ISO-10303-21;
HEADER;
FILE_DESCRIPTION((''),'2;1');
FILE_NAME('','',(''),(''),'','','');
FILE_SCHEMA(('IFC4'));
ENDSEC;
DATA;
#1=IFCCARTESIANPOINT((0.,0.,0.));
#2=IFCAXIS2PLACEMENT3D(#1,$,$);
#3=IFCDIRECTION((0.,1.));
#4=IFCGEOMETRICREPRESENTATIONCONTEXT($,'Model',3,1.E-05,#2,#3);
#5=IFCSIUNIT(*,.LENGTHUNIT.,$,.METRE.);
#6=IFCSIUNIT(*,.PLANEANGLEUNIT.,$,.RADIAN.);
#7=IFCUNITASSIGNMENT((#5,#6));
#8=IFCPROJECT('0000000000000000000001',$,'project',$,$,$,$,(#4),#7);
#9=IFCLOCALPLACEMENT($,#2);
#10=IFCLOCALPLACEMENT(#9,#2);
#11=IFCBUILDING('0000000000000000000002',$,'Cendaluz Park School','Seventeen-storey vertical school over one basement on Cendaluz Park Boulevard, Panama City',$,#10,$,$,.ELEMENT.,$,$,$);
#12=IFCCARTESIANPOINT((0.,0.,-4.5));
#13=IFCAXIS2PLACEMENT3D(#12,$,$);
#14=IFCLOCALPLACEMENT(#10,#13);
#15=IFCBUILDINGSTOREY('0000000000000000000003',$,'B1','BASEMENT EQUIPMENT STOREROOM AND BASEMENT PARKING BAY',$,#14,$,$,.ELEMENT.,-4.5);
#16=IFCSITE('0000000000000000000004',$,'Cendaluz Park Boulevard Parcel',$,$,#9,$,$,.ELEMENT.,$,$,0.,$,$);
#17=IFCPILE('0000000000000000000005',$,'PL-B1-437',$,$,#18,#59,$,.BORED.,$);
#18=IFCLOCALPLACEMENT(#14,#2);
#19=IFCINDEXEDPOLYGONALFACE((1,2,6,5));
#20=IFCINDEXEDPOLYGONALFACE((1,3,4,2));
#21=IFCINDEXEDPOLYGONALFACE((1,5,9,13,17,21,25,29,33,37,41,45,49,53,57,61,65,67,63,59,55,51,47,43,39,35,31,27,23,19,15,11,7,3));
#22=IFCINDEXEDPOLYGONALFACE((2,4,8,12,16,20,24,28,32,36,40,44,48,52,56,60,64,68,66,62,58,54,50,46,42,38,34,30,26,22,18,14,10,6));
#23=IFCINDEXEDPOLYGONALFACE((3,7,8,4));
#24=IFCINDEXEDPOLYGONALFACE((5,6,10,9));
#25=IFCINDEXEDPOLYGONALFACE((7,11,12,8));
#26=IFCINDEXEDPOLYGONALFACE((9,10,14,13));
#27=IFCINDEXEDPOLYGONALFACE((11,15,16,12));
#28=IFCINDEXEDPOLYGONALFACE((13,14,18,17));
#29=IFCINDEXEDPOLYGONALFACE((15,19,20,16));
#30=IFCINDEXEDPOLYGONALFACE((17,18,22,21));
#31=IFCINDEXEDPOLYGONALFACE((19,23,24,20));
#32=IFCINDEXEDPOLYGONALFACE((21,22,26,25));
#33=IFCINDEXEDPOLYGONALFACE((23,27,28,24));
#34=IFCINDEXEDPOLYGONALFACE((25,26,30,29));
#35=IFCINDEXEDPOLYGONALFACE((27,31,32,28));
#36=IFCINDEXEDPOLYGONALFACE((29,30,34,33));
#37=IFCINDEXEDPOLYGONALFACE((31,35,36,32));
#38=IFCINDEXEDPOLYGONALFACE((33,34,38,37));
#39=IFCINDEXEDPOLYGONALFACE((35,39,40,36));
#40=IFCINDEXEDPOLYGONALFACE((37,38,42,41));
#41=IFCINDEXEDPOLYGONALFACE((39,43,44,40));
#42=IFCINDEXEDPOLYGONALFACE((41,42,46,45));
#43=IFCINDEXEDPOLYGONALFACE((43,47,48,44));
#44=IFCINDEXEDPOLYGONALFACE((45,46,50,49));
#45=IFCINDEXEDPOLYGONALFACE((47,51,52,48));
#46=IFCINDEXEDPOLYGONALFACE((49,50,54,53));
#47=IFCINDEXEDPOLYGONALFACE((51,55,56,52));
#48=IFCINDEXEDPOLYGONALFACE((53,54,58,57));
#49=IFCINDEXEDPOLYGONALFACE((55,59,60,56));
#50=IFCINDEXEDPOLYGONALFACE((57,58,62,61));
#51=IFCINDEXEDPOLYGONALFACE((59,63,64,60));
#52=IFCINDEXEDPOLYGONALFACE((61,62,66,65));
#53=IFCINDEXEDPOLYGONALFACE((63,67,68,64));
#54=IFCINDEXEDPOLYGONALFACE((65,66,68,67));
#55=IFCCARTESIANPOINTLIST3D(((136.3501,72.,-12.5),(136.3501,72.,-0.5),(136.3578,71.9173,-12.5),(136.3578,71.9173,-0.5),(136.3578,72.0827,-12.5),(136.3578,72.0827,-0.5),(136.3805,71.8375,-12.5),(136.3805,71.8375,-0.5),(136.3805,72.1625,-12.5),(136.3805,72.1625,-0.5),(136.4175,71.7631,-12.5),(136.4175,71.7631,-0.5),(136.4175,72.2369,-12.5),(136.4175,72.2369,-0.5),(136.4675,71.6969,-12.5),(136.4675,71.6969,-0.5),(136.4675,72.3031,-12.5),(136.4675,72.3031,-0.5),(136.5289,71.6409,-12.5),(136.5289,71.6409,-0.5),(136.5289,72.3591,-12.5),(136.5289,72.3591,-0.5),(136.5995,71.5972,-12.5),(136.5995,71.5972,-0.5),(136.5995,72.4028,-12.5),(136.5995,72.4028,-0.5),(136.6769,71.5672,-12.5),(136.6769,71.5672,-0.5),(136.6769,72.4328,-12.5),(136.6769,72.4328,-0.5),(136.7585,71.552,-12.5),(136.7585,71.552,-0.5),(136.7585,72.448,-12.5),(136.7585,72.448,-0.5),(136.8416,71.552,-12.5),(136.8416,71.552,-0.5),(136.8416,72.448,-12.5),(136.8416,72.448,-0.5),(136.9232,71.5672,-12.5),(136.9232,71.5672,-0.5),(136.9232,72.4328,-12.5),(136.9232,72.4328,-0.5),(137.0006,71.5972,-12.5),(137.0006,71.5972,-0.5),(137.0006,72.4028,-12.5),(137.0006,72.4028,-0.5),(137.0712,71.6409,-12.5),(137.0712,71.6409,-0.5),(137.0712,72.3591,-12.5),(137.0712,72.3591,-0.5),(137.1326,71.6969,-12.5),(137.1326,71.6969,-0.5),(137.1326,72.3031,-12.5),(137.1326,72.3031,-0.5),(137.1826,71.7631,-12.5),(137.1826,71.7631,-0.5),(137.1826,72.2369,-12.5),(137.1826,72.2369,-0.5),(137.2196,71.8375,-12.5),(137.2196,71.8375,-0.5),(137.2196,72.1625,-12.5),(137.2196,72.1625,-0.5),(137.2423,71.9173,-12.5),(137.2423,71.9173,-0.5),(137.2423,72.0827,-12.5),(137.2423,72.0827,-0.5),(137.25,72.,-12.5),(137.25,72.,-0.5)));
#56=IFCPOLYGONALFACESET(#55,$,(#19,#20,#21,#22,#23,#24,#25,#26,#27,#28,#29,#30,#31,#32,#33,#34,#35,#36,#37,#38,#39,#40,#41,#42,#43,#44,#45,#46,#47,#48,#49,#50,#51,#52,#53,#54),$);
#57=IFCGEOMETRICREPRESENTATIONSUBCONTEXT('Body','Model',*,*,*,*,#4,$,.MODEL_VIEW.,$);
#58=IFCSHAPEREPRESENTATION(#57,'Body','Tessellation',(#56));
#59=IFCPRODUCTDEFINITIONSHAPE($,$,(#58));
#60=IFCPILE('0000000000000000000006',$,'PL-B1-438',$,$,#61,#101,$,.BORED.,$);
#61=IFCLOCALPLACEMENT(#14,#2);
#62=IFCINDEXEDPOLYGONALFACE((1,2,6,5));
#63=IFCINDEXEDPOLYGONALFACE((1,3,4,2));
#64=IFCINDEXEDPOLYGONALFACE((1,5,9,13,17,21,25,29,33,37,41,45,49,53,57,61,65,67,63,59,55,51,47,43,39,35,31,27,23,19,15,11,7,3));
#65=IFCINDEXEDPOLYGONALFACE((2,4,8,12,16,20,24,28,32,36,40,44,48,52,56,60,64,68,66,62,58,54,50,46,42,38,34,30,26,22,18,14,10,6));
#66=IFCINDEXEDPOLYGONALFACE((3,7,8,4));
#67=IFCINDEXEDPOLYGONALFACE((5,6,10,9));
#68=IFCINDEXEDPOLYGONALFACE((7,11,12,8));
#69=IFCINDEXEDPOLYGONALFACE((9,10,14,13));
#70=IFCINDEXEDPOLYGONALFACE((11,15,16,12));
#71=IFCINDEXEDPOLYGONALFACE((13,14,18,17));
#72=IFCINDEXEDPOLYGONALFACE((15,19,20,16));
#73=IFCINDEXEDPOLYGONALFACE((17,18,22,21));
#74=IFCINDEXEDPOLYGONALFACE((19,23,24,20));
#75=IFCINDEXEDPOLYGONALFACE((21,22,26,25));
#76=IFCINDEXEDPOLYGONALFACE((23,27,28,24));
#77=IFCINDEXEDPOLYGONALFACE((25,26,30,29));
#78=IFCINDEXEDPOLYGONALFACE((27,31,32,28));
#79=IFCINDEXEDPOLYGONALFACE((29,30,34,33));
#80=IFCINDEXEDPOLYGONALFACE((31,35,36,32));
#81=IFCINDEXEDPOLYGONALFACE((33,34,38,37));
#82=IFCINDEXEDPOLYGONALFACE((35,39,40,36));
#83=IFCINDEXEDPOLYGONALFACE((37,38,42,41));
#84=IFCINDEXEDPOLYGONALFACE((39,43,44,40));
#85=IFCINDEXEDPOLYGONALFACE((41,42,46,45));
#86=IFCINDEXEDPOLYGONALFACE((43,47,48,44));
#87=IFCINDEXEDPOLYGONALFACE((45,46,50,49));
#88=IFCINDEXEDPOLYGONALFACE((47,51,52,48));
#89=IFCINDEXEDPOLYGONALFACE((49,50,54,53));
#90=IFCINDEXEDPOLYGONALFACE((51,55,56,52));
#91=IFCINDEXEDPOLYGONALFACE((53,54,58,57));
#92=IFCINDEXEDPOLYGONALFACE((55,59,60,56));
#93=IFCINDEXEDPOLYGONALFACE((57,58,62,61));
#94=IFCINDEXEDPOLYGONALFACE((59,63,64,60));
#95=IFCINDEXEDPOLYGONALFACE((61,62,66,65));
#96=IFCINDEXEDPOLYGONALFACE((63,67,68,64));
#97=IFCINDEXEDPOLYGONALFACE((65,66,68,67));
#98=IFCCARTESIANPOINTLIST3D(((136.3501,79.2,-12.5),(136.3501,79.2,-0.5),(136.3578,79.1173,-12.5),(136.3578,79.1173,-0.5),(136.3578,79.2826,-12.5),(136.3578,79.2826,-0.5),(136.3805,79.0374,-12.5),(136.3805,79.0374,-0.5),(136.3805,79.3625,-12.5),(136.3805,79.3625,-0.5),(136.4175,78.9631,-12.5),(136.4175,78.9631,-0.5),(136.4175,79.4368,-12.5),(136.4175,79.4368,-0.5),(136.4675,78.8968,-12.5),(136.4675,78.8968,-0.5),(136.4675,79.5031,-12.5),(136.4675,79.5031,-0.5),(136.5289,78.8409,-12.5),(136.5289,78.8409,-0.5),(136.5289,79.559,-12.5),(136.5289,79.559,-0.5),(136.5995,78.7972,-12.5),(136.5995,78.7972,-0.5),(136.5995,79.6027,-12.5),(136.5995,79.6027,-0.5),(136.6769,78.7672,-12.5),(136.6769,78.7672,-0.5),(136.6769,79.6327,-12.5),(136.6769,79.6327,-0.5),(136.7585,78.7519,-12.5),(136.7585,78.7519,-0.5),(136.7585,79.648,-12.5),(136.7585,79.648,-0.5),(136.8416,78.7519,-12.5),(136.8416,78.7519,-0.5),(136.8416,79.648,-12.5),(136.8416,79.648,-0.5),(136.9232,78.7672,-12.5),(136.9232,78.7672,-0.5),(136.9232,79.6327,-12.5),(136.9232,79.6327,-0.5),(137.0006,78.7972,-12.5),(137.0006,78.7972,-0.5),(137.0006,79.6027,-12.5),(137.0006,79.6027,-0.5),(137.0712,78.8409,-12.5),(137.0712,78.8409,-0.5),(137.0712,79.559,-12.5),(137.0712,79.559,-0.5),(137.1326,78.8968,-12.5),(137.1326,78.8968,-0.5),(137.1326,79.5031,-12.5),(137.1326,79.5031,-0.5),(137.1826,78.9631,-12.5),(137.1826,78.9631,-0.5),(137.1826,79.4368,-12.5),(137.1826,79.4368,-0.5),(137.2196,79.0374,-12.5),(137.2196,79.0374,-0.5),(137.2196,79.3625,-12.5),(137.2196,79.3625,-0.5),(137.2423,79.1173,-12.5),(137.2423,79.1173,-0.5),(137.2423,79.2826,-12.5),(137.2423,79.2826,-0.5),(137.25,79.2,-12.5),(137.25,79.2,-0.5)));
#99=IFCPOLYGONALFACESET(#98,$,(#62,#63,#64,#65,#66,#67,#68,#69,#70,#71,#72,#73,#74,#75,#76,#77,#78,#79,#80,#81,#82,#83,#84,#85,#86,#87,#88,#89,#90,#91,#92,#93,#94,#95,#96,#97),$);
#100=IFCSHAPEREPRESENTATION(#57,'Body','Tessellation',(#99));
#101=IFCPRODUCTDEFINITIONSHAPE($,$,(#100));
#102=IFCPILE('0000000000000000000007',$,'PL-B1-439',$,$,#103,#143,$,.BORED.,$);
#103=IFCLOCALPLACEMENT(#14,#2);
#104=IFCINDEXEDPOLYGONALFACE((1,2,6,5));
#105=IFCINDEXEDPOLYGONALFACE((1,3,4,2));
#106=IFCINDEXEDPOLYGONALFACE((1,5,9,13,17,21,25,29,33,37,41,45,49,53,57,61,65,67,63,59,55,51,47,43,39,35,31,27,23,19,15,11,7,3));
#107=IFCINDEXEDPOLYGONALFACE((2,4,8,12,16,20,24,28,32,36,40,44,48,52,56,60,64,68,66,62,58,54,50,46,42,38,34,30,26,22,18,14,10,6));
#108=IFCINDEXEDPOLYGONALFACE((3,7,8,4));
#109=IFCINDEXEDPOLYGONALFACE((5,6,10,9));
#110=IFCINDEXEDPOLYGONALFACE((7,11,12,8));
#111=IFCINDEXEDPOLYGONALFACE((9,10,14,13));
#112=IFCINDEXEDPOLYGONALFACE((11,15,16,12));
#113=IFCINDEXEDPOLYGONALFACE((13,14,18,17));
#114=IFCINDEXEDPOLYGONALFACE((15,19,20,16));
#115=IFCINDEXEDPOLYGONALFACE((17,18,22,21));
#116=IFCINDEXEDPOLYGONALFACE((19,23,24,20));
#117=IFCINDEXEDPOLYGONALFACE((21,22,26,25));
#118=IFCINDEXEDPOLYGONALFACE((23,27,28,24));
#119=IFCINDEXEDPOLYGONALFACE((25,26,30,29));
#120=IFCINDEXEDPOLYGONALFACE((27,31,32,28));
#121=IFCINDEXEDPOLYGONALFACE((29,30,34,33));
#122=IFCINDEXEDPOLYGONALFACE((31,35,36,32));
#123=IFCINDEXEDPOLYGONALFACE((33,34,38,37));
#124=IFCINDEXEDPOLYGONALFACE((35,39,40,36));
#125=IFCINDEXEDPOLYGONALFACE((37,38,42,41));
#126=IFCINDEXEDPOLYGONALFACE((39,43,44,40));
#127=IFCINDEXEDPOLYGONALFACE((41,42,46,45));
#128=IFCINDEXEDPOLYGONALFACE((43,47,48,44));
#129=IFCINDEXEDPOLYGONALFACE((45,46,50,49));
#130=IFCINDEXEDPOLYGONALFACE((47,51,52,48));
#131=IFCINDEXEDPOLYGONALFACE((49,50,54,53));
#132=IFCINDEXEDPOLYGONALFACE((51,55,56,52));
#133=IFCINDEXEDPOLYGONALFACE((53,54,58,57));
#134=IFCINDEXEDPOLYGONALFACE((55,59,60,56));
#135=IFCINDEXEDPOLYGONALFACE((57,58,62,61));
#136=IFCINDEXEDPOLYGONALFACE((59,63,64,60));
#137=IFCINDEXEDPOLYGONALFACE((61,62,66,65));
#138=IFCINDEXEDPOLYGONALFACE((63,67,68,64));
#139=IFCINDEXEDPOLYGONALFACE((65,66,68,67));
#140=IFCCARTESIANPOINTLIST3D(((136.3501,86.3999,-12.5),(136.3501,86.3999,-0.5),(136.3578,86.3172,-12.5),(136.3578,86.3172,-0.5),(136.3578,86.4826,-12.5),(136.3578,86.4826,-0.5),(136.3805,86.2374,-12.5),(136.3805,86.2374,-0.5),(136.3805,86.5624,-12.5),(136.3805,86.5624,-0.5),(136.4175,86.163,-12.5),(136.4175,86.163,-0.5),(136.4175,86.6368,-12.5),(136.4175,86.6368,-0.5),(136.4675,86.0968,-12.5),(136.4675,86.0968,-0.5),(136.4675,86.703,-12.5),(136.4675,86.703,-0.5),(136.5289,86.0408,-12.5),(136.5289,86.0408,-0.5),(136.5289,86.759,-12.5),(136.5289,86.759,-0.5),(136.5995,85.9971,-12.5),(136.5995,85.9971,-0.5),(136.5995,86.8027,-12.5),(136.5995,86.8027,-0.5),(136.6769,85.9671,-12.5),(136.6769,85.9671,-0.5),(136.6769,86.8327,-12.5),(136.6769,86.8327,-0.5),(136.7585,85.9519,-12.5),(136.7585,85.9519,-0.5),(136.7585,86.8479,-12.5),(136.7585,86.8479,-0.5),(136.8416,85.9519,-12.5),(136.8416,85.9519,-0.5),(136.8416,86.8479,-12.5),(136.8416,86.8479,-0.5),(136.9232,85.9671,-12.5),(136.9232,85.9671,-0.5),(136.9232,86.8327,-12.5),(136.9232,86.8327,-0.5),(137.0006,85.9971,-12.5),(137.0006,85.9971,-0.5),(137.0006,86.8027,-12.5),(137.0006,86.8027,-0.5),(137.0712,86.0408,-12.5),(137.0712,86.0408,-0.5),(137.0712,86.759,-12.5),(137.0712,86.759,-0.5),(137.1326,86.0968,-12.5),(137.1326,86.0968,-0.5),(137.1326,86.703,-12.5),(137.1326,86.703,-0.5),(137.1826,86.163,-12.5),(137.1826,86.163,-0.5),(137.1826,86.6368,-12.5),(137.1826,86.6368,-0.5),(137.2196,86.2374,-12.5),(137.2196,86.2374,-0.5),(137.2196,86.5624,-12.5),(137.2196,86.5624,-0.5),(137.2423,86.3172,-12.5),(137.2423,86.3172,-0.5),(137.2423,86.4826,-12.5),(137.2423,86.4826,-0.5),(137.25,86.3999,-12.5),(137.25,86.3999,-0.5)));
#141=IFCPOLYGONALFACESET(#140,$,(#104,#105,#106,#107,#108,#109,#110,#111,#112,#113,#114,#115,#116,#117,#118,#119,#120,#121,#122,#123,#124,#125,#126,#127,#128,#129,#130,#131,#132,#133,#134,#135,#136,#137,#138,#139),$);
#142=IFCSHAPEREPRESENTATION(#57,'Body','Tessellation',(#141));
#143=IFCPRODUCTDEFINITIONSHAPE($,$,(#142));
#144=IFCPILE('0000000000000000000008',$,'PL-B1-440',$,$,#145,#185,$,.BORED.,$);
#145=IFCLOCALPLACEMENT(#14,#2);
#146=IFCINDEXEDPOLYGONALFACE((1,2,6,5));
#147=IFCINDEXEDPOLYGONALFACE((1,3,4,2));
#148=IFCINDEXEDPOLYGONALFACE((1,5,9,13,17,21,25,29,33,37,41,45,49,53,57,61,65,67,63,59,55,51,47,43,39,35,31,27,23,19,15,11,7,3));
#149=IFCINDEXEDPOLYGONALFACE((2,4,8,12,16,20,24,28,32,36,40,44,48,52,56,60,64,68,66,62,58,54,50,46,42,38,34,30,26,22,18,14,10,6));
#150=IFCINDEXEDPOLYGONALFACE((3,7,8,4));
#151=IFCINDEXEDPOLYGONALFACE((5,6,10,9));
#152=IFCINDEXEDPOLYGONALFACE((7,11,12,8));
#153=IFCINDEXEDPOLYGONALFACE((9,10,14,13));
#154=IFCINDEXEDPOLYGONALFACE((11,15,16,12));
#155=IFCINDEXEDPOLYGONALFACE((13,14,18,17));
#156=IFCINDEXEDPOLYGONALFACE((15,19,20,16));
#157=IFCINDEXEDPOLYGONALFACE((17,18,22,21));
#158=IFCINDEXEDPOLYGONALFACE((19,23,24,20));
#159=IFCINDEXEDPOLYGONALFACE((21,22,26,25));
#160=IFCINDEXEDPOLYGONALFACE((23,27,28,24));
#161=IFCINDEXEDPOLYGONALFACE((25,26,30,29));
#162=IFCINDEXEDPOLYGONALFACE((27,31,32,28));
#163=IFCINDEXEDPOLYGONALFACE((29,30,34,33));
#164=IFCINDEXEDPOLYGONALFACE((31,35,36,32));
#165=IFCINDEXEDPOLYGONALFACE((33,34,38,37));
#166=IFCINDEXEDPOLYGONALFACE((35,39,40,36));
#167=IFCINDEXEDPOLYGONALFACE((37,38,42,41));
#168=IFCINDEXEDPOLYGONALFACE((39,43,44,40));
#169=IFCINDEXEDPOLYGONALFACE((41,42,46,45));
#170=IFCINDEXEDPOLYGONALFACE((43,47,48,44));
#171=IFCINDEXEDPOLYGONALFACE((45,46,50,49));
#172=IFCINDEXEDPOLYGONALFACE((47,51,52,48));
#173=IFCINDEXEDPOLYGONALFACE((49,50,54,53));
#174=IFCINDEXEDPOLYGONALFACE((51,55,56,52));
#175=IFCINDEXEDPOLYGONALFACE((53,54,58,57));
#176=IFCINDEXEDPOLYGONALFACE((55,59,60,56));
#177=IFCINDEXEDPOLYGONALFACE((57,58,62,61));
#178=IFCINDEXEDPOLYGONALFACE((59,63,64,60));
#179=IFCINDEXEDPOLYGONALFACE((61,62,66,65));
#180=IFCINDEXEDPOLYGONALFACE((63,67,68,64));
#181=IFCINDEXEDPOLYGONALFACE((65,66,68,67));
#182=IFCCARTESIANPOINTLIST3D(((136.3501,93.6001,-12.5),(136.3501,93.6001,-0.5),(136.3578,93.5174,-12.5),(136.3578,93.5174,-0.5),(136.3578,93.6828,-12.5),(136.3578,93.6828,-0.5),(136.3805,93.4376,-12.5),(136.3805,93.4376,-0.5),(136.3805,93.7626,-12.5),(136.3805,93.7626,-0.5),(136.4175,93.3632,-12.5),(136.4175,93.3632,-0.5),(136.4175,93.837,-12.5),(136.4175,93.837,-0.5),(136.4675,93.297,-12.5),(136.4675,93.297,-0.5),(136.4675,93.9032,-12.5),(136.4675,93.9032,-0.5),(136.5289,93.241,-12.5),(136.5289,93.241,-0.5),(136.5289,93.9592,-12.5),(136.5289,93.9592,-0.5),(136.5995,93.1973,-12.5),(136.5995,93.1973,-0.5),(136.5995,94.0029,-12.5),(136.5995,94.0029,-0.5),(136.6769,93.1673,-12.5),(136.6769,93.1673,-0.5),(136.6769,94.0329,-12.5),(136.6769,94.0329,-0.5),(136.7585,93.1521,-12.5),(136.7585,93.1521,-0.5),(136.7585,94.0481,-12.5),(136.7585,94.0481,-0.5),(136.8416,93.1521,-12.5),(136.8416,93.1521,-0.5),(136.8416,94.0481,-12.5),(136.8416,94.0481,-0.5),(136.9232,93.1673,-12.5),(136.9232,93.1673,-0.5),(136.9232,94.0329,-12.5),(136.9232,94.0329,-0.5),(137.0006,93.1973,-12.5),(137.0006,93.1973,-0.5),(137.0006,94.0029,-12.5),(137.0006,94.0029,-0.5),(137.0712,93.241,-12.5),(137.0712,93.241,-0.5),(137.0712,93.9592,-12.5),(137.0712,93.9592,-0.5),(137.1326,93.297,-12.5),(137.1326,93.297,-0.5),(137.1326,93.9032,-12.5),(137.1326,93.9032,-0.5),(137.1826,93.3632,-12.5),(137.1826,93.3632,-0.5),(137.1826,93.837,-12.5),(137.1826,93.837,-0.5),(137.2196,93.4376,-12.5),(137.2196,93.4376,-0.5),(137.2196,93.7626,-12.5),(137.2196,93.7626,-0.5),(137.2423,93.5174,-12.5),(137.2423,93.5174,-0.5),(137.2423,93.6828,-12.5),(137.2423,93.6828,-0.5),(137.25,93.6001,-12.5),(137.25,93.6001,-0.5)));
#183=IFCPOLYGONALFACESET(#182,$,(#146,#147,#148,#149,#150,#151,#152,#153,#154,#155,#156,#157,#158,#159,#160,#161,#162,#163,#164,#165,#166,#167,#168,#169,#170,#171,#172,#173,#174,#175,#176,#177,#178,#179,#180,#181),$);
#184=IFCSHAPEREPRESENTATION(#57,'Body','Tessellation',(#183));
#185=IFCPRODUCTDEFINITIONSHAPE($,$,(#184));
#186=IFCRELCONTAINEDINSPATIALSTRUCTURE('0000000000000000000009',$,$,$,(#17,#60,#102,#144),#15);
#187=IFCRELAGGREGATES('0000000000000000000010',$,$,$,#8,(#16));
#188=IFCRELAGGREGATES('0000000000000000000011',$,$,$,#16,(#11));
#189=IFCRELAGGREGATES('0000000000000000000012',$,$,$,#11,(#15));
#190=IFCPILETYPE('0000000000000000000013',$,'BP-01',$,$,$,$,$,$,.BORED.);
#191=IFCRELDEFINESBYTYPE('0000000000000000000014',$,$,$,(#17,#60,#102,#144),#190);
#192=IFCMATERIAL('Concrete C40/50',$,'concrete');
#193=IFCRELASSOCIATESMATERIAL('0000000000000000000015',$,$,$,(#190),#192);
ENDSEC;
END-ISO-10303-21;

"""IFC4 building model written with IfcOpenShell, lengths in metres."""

from ifc_helpers import new_model, si_unit, direction, frame, origin, origin_2d, place, context, subcontext, project, spatial, circle, extrude, material, material_profile, profile_set, type_object, element, save


model = new_model("IFC4")

# Units and contexts
model_context = context("Model", 3, precision=1e-05, world=origin(), true_north=direction((0.0, 1.0)))
body_context = subcontext(model_context, "Body", "Model", "MODEL_VIEW")
ifc_project = project(units=[si_unit("LENGTHUNIT", "METRE"), si_unit("PLANEANGLEUNIT", "RADIAN")], contexts=[model_context])

# Site, building, storey
site_placement = place(None, origin())
site = spatial("IfcSite", under=ifc_project, at=site_placement, Name="Cendaluz Park Boulevard Parcel", CompositionType="ELEMENT", RefElevation=0.0)
building_placement = place(site_placement, origin())
building = spatial("IfcBuilding", under=site, at=building_placement, Name="Cendaluz Park School", Description="Seventeen-storey vertical school over one basement on Cendaluz Park Boulevard, Panama City", CompositionType="ELEMENT")
storey_placement = place(building_placement, frame((0.0, 0.0, -4.5)))
storey = spatial("IfcBuildingStorey", under=building, at=storey_placement, Name="B1", Description="BASEMENT EQUIPMENT STOREROOM AND BASEMENT PARKING BAY", CompositionType="ELEMENT", Elevation=-4.5)

# Piles
ifc_material_1 = material(Name="Concrete C40/50", Category="concrete")
ifc_material_profile_1 = material_profile(ifc_material_1, circle(Radius=0.45, at=origin_2d()), Name="BP D900", Category="concrete")
ifc_profile_set_1 = profile_set([ifc_material_profile_1], Name="Concrete C40/50")
pile_type_1 = type_object("IfcPileType", Name="BP-01", PredefinedType="BORED", material=ifc_profile_set_1)
for number, where, z_axis, x_axis, name in (
    (1, (136.8, 72.0, -0.5), (0.0, 0.0, -1.0), (1.0, 0.0, 0.0), "PL-B1-437"),
    (2, (136.8, 79.2, -0.5), (0.0, 0.0, -1.0), (1.0, 0.0, 0.0), "PL-B1-438"),
    (3, (136.8, 86.3999, -0.5), (0.0, 0.0, -1.0), (1.0, 0.0, 0.0), "PL-B1-439"),
    (4, (136.8, 93.6001, -0.5), (0.0, 0.0, -1.0), (1.0, 0.0, 0.0), "PL-B1-440"),
):
    element("IfcPile", number, at=place(storey_placement, frame(where, z_axis=z_axis, x_axis=x_axis)), inside=storey, type_object=pile_type_1, Name=name, PredefinedType="BORED", context=body_context, shape_type="SweptSolid", body=[
        extrude(circle(Radius=0.45, at=origin_2d()), origin(), (0.0, 0.0, 1.0), 12.0),
    ])

save(model, "model.ifc")
